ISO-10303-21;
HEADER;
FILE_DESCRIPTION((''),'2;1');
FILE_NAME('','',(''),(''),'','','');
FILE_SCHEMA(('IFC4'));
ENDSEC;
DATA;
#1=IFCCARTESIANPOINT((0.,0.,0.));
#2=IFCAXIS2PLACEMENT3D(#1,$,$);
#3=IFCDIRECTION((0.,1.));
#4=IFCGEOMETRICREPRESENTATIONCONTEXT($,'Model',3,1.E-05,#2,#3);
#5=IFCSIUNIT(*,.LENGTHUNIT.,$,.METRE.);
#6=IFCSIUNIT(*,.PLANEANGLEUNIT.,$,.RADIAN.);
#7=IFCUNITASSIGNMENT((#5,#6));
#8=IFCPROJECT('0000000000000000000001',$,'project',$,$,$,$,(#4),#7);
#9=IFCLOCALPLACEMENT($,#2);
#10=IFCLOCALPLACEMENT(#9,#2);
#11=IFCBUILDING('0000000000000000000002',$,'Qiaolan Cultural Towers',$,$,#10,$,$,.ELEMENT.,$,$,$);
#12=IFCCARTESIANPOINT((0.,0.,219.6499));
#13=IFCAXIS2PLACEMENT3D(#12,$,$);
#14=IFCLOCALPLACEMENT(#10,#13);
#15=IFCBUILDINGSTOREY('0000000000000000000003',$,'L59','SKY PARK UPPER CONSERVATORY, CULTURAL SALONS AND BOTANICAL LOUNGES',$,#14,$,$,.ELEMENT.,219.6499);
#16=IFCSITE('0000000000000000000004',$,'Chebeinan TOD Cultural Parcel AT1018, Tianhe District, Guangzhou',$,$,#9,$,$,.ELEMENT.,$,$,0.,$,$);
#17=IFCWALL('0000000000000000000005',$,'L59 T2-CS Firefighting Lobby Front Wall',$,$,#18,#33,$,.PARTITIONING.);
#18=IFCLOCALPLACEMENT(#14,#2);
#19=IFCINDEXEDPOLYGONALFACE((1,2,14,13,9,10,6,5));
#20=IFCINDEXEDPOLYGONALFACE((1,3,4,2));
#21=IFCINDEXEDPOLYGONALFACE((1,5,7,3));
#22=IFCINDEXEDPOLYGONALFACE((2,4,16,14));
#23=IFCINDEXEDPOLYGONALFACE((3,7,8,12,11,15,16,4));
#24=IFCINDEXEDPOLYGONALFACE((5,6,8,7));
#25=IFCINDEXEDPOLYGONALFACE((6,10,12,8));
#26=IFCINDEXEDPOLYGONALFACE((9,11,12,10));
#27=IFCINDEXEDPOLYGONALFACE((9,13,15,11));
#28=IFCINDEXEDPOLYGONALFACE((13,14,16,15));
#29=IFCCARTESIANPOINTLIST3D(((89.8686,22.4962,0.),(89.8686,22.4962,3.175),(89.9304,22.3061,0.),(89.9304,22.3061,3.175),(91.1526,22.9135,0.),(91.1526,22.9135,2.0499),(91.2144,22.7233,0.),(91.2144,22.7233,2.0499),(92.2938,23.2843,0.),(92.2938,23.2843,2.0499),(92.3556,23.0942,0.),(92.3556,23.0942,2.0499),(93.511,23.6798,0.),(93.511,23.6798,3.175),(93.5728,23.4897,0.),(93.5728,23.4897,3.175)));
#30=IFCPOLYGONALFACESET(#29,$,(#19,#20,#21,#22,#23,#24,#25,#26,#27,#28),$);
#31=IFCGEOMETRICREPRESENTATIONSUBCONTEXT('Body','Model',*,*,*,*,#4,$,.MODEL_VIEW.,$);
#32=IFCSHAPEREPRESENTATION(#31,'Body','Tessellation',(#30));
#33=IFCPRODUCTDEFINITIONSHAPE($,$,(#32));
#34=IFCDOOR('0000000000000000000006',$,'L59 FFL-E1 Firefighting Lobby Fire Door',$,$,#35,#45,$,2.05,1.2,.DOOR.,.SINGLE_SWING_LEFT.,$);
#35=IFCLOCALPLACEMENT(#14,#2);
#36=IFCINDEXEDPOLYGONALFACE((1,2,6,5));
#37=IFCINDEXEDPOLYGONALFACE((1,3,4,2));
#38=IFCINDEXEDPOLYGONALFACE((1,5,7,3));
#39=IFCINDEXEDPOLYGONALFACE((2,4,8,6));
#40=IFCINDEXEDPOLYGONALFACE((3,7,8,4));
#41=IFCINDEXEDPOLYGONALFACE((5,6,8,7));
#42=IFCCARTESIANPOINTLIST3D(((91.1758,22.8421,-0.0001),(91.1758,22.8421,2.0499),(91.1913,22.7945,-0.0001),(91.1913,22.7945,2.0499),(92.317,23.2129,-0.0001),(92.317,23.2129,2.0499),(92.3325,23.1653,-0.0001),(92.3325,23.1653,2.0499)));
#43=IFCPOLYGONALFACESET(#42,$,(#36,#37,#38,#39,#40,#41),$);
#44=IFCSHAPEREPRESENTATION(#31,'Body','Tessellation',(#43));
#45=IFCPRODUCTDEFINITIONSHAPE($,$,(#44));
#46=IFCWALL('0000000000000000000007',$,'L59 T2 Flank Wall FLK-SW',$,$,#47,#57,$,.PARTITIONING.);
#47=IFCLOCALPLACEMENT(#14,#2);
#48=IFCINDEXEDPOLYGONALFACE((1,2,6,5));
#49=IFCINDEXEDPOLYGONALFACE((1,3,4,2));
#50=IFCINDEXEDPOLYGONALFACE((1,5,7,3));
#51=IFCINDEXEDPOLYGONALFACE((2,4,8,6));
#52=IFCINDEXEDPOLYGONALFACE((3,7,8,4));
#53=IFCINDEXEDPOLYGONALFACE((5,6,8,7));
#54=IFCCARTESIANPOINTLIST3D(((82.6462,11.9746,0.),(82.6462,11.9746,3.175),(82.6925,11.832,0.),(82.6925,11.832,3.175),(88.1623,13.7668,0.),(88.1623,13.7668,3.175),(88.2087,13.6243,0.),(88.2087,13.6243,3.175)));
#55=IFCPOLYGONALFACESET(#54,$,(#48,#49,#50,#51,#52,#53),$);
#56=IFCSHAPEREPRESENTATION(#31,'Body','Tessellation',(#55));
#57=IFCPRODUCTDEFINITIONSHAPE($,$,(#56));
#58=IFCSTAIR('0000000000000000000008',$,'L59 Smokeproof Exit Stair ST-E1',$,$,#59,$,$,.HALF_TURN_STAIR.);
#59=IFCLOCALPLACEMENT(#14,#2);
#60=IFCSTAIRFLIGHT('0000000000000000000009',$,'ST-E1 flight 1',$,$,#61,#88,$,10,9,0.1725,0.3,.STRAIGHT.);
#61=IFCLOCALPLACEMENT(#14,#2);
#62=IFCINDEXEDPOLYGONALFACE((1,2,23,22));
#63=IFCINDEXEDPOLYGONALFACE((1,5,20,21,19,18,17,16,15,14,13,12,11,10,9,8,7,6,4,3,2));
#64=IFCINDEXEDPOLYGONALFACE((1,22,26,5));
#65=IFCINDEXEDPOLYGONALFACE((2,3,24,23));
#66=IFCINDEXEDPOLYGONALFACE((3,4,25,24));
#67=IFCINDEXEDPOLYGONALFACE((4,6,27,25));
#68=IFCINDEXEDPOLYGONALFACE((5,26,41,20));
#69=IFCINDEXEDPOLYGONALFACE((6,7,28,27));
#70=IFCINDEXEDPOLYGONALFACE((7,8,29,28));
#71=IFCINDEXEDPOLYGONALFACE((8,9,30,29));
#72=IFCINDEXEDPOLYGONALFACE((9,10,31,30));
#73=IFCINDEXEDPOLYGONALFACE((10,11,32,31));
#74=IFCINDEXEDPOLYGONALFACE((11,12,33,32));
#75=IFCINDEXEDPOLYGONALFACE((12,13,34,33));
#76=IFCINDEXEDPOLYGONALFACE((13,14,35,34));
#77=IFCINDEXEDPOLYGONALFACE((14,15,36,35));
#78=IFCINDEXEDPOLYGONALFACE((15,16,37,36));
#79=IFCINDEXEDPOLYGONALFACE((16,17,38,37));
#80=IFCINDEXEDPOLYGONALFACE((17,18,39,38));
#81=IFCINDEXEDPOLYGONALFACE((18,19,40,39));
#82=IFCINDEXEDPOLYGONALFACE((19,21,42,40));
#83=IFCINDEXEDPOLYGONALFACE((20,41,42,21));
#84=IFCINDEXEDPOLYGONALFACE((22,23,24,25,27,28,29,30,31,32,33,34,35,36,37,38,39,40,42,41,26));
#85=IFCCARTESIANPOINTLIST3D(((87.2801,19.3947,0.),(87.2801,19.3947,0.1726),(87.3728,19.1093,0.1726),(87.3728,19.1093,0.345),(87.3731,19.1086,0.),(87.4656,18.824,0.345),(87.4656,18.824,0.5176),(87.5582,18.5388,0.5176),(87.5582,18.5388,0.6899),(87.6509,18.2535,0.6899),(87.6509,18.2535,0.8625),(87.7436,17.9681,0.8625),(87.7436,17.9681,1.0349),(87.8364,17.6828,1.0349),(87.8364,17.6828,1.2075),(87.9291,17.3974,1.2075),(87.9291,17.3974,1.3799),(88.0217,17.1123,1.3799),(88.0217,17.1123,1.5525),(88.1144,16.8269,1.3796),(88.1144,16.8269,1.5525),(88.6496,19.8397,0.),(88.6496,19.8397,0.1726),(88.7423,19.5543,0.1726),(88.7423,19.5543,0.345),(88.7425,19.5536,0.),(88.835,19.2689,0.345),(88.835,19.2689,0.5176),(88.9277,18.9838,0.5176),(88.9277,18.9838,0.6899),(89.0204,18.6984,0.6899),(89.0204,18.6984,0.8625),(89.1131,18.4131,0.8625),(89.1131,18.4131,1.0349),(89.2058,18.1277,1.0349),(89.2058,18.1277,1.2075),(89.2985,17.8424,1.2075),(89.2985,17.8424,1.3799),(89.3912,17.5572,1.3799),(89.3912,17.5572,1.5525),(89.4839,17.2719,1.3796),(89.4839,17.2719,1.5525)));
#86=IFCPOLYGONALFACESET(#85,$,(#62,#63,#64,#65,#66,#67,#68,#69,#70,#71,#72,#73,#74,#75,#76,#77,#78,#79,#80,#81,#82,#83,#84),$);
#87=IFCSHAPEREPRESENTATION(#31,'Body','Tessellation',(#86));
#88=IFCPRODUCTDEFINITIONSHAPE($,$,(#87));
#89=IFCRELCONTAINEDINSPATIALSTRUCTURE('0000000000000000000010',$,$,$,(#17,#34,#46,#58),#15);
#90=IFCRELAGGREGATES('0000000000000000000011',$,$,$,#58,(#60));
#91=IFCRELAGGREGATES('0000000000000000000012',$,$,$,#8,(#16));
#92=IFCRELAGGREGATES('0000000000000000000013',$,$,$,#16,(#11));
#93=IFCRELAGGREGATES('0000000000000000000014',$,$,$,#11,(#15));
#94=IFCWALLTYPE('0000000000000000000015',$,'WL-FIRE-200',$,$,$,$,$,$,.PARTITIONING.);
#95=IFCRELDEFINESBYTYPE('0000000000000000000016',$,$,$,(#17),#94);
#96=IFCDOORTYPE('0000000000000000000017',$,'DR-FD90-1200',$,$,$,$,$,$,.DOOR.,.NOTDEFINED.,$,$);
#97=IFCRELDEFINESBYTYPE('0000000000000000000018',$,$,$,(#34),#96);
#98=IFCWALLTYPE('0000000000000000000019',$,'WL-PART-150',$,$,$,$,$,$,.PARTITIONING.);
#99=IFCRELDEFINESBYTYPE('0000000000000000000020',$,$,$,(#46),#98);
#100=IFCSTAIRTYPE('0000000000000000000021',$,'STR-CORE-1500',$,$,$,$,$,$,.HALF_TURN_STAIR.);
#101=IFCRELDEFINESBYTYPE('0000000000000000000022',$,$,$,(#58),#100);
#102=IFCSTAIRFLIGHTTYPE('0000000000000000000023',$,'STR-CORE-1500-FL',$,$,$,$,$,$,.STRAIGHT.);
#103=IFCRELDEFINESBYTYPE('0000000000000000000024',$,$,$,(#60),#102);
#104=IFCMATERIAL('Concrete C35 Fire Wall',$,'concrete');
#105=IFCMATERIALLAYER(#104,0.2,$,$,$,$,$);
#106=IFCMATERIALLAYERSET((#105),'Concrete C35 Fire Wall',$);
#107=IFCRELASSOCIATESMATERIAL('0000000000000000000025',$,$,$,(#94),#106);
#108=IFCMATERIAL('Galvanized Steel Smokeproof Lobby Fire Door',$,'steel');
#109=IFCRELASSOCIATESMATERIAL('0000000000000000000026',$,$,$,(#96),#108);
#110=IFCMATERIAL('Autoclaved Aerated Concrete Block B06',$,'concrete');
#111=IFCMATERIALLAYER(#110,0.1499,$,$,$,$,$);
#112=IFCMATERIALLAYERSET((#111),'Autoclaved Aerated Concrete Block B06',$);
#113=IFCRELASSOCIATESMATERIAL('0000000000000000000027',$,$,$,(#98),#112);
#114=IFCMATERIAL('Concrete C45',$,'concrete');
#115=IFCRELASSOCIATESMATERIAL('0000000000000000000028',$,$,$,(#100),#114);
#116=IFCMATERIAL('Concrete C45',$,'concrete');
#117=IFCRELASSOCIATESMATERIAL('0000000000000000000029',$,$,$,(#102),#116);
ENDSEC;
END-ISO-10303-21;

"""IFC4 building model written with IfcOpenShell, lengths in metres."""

from ifc_helpers import new_model, si_unit, direction, frame, frame_2d, origin, place, context, subcontext, project, spatial, polyline, rectangle, outline, extrude, material, layer, layer_set, type_object, element, fill, aggregate, save


model = new_model("IFC4")

# Units and contexts
model_context = context("Model", 3, precision=1e-05, world=origin(), true_north=direction((0.0, 1.0)))
body_context = subcontext(model_context, "Body", "Model", "MODEL_VIEW")
ifc_project = project(units=[si_unit("LENGTHUNIT", "METRE"), si_unit("PLANEANGLEUNIT", "RADIAN")], contexts=[model_context])

# Site, building, storey
site_placement = place(None, origin())
site = spatial("IfcSite", under=ifc_project, at=site_placement, Name="Chebeinan TOD Cultural Parcel AT1018, Tianhe District, Guangzhou", CompositionType="ELEMENT", RefElevation=0.0)
building_placement = place(site_placement, origin())
building = spatial("IfcBuilding", under=site, at=building_placement, Name="Qiaolan Cultural Towers", CompositionType="ELEMENT")
storey_placement = place(building_placement, frame((0.0, 0.0, 219.6499)))
storey = spatial("IfcBuildingStorey", under=building, at=storey_placement, Name="L59", Description="SKY PARK UPPER CONSERVATORY, CULTURAL SALONS AND BOTANICAL LOUNGES", CompositionType="ELEMENT", Elevation=219.6499)

# Wall, opening, door
ifc_material_1 = material(Name="Concrete C35 Fire Wall", Category="concrete")
ifc_layer_1 = layer(ifc_material_1, 0.2)
ifc_layer_set_1 = layer_set([ifc_layer_1], Name="Concrete C35 Fire Wall")
wall_type_1 = type_object("IfcWallType", Name="WL-FIRE-200", PredefinedType="PARTITIONING", material=ifc_layer_set_1)
wall_1_placement = place(storey_placement, frame((89.8994, 22.4011, 0.0), z_axis=(0.0, 0.0, 1.0), x_axis=(0.951047, 0.309047, 0.0)))
wall_1 = element("IfcWall", 1, at=wall_1_placement, inside=storey, type_object=wall_type_1, Name="L59 T2-CS Firefighting Lobby Front Wall", PredefinedType="PARTITIONING", context=body_context, shape_type="SweptSolid", body=[
    extrude(rectangle(XDim=3.8298, YDim=0.2, at=frame_2d((1.915, 0.0))), origin(), (0.0, 0.0, 1.0), 3.175),
])
opening_1_placement = place(wall_1_placement, frame((1.3501, 0.0, 0.0)))
opening_1 = element("IfcOpeningElement", 2, at=opening_1_placement, cuts=wall_1, PredefinedType="OPENING", context=body_context, shape_type="SweptSolid", body=[
    extrude(rectangle(XDim=1.2, YDim=2.05, at=frame_2d((0.6001, 1.0249))), frame((0.0, 0.1099, 0.0), z_axis=(0.0, -1.0, 0.0), x_axis=(1.0, 0.0, 0.0)), (0.0, 0.0, 1.0), 0.22),
])
ifc_material_2 = material(Name="Galvanized Steel Smokeproof Lobby Fire Door", Category="steel")
door_type_1 = type_object("IfcDoorType", Name="DR-FD90-1200", OperationType="NOTDEFINED", PredefinedType="DOOR", material=ifc_material_2)
door_1_placement = place(opening_1_placement, origin())
door_1 = element("IfcDoor", 3, at=door_1_placement, inside=storey, type_object=door_type_1, Name="L59 FFL-E1 Firefighting Lobby Fire Door", OperationType="SINGLE_SWING_LEFT", OverallHeight=2.05, OverallWidth=1.2, PredefinedType="DOOR", context=body_context, shape_type="SweptSolid", body=[
    extrude(rectangle(XDim=1.2, YDim=2.05, at=frame_2d((0.6001, 1.0249))), frame((0.0, 0.0249, 0.0), z_axis=(0.0, -1.0, 0.0), x_axis=(1.0, 0.0, 0.0)), (0.0, 0.0, 1.0), 0.05),
])
fill(opening_1, door_1)

# Wall
ifc_material_3 = material(Name="Autoclaved Aerated Concrete Block B06", Category="concrete")
ifc_layer_2 = layer(ifc_material_3, 0.1499)
ifc_layer_set_2 = layer_set([ifc_layer_2], Name="Autoclaved Aerated Concrete Block B06")
wall_type_2 = type_object("IfcWallType", Name="WL-PART-150", PredefinedType="PARTITIONING", material=ifc_layer_set_2)
wall_2_placement = place(storey_placement, frame((82.6694, 11.9033, 0.0), z_axis=(0.0, 0.0, 1.0), x_axis=(0.951059, 0.309008, 0.0)))
element("IfcWall", 4, at=wall_2_placement, inside=storey, type_object=wall_type_2, Name="L59 T2 Flank Wall FLK-SW", PredefinedType="PARTITIONING", context=body_context, shape_type="SweptSolid", body=[
    extrude(rectangle(XDim=5.8, YDim=0.1499, at=frame_2d((2.8999, 0.0))), origin(), (0.0, 0.0, 1.0), 3.175),
])

# Stair, stair flight
ifc_material_4 = material(Name="Concrete C45", Category="concrete")
stair_type = type_object("IfcStairType", Name="STR-CORE-1500", PredefinedType="HALF_TURN_STAIR", material=ifc_material_4)
stair_placement = place(storey_placement, origin())
stair = element("IfcStair", 5, at=stair_placement, inside=storey, type_object=stair_type, Name="L59 Smokeproof Exit Stair ST-E1", PredefinedType="HALF_TURN_STAIR")
ifc_material_5 = material(Name="Concrete C45", Category="concrete")
stair_flight_type = type_object("IfcStairFlightType", Name="STR-CORE-1500-FL", PredefinedType="STRAIGHT", material=ifc_material_5)
stair_flight_placement = place(storey_placement, frame((87.9648, 19.6172, 0.0), z_axis=(0.0, 0.0, 1.0), x_axis=(0.309017, -0.951057, 0.0)))
stair_flight = element("IfcStairFlight", 6, at=stair_flight_placement, type_object=stair_flight_type, Name="ST-E1 flight 1", NumberOfRisers=10, NumberOfTreads=9, PredefinedType="STRAIGHT", RiserHeight=0.1725, TreadLength=0.3, context=body_context, shape_type="SweptSolid", body=[
    extrude(outline(polyline([(0.0, 0.0), (0.0, 0.1726), (0.3, 0.1726), (0.3, 0.345), (0.6001, 0.345), (0.6001, 0.5176), (0.8999, 0.5176), (0.8999, 0.6899), (1.2, 0.6899), (1.2, 0.8625), (1.5, 0.8625), (1.5, 1.0349), (1.8, 1.0349), (1.8, 1.2075), (2.1001, 1.2075), (2.1001, 1.3799), (2.3999, 1.3799), (2.3999, 1.5525), (2.7, 1.5525), (2.7, 1.7251), (2.7, 1.3796), (0.3008, 0.0), (0.0, 0.0)])), frame((0.0, 0.72, 0.0), z_axis=(0.0, -1.0, 0.0), x_axis=(1.0, 0.0, 0.0)), (0.0, 0.0, 1.0), 1.4399),
])
aggregate(stair, [stair_flight])

save(model, "model.ifc")
